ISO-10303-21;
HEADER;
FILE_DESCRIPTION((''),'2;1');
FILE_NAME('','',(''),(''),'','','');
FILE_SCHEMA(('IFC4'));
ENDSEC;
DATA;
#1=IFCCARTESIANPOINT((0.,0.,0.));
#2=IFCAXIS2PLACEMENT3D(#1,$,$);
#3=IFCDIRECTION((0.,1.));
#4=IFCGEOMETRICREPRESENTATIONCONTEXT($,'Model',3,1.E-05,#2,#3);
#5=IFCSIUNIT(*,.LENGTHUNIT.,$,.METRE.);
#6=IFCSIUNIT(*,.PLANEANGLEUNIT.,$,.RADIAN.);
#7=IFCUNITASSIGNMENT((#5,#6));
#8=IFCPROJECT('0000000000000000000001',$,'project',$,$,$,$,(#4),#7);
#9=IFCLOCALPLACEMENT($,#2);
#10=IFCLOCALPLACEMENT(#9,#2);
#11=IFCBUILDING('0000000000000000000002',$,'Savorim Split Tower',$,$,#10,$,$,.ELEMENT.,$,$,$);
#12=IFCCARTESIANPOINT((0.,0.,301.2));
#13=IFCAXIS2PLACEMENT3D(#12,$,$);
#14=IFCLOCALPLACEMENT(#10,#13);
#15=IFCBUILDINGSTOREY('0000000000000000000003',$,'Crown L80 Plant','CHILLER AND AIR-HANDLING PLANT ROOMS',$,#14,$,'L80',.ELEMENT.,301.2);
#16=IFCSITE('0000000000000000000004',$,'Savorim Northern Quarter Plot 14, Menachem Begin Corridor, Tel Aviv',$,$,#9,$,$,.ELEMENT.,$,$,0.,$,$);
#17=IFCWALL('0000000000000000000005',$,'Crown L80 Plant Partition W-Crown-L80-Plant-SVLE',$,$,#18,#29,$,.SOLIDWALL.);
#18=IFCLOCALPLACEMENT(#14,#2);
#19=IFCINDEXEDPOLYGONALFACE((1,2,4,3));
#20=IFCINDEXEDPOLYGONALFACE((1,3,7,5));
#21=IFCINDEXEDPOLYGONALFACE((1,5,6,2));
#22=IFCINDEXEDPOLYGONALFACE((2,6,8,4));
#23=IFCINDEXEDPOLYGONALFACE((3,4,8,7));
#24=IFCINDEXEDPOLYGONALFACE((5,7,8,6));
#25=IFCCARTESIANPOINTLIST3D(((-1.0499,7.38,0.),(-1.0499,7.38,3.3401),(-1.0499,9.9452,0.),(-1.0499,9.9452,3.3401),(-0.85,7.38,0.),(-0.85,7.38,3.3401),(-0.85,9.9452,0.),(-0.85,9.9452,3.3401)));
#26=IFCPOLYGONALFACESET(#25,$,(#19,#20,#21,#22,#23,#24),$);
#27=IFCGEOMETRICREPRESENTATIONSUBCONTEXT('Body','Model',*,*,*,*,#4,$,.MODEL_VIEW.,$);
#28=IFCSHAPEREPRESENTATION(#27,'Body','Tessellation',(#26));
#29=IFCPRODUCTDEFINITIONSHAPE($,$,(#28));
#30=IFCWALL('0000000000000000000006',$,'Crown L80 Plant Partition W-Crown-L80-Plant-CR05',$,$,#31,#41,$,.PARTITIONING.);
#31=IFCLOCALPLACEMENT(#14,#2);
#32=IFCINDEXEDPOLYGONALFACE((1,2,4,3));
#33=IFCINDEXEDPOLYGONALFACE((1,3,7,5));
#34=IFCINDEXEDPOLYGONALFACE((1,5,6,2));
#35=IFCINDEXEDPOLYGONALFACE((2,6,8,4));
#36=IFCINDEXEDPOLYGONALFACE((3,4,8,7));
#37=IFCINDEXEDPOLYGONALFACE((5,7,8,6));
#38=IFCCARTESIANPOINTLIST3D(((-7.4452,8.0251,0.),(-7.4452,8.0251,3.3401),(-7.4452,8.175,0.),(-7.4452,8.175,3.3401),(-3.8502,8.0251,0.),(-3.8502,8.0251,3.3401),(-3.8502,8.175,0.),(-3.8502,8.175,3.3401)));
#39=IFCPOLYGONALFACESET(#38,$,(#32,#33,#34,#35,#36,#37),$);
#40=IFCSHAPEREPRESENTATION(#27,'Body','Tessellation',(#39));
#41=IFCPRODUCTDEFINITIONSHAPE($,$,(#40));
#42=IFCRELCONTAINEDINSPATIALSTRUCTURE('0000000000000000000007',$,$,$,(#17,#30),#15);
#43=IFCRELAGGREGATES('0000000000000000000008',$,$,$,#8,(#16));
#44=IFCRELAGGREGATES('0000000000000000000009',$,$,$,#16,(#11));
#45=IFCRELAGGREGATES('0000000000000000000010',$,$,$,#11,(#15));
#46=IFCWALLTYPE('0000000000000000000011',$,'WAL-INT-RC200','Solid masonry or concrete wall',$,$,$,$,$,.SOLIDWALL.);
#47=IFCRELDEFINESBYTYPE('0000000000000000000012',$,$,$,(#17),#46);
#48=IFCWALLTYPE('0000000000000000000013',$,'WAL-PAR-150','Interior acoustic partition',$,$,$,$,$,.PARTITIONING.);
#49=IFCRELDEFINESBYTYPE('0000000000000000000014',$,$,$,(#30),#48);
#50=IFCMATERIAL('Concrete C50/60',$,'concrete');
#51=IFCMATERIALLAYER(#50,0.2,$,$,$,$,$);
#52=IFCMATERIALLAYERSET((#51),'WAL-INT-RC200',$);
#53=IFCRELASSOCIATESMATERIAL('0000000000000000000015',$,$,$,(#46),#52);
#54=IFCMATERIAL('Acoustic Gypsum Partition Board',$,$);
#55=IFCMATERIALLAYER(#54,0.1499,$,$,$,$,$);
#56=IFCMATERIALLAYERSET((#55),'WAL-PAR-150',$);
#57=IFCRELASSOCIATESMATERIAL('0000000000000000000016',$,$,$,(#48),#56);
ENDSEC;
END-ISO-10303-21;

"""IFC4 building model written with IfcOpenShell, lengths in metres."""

from ifc_helpers import new_model, si_unit, direction, frame, frame_2d, origin, place, context, subcontext, project, spatial, rectangle, extrude, material, layer, layer_set, type_object, element, save


model = new_model("IFC4")

# Units and contexts
model_context = context("Model", 3, precision=1e-05, world=origin(), true_north=direction((0.0, 1.0)))
body_context = subcontext(model_context, "Body", "Model", "MODEL_VIEW")
ifc_project = project(units=[si_unit("LENGTHUNIT", "METRE"), si_unit("PLANEANGLEUNIT", "RADIAN")], contexts=[model_context])

# Site, building, storey
site_placement = place(None, origin())
site = spatial("IfcSite", under=ifc_project, at=site_placement, Name="Savorim Northern Quarter Plot 14, Menachem Begin Corridor, Tel Aviv", CompositionType="ELEMENT", RefElevation=0.0)
building_placement = place(site_placement, origin())
building = spatial("IfcBuilding", under=site, at=building_placement, Name="Savorim Split Tower", CompositionType="ELEMENT")
storey_placement = place(building_placement, frame((0.0, 0.0, 301.2)))
storey = spatial("IfcBuildingStorey", under=building, at=storey_placement, Name="Crown L80 Plant", Description="CHILLER AND AIR-HANDLING PLANT ROOMS", LongName="L80", CompositionType="ELEMENT", Elevation=301.2)

# Shared definitions
ifc_material_1 = material(Name="Concrete C50/60", Category="concrete")
ifc_layer_1 = layer(ifc_material_1, 0.2)
ifc_layer_set_1 = layer_set([ifc_layer_1], Name="WAL-INT-RC200")
wall_type_1 = type_object("IfcWallType", Name="WAL-INT-RC200", Description="Solid masonry or concrete wall", PredefinedType="SOLIDWALL", material=ifc_layer_set_1)

# Wall
wall_1_placement = place(storey_placement, frame((-0.95, 7.3799, 0.0), z_axis=(0.0, 0.0, 1.0), x_axis=(0.0, 1.0, 0.0)))
element("IfcWall", 1, at=wall_1_placement, inside=storey, type_object=wall_type_1, Name="Crown L80 Plant Partition W-Crown-L80-Plant-SVLE", PredefinedType="SOLIDWALL", context=body_context, shape_type="SweptSolid", body=[
    extrude(rectangle(XDim=2.5652, YDim=0.2, at=frame_2d((1.2827, 0.0))), origin(), (0.0, 0.0, 1.0), 3.3401),
])

# Wall
ifc_material_2 = material(Name="Acoustic Gypsum Partition Board")
ifc_layer_2 = layer(ifc_material_2, 0.1499)
ifc_layer_set_2 = layer_set([ifc_layer_2], Name="WAL-PAR-150")
wall_type_2 = type_object("IfcWallType", Name="WAL-PAR-150", Description="Interior acoustic partition", PredefinedType="PARTITIONING", material=ifc_layer_set_2)
wall_2_placement = place(storey_placement, frame((-7.4451, 8.1001, 0.0), z_axis=(0.0, 0.0, 1.0), x_axis=(1.0, 0.0, 0.0)))
element("IfcWall", 2, at=wall_2_placement, inside=storey, type_object=wall_type_2, Name="Crown L80 Plant Partition W-Crown-L80-Plant-CR05", PredefinedType="PARTITIONING", context=body_context, shape_type="SweptSolid", body=[
    extrude(rectangle(XDim=3.595, YDim=0.1499, at=frame_2d((1.7974, 0.0))), origin(), (0.0, 0.0, 1.0), 3.3401),
])

save(model, "model.ifc")
